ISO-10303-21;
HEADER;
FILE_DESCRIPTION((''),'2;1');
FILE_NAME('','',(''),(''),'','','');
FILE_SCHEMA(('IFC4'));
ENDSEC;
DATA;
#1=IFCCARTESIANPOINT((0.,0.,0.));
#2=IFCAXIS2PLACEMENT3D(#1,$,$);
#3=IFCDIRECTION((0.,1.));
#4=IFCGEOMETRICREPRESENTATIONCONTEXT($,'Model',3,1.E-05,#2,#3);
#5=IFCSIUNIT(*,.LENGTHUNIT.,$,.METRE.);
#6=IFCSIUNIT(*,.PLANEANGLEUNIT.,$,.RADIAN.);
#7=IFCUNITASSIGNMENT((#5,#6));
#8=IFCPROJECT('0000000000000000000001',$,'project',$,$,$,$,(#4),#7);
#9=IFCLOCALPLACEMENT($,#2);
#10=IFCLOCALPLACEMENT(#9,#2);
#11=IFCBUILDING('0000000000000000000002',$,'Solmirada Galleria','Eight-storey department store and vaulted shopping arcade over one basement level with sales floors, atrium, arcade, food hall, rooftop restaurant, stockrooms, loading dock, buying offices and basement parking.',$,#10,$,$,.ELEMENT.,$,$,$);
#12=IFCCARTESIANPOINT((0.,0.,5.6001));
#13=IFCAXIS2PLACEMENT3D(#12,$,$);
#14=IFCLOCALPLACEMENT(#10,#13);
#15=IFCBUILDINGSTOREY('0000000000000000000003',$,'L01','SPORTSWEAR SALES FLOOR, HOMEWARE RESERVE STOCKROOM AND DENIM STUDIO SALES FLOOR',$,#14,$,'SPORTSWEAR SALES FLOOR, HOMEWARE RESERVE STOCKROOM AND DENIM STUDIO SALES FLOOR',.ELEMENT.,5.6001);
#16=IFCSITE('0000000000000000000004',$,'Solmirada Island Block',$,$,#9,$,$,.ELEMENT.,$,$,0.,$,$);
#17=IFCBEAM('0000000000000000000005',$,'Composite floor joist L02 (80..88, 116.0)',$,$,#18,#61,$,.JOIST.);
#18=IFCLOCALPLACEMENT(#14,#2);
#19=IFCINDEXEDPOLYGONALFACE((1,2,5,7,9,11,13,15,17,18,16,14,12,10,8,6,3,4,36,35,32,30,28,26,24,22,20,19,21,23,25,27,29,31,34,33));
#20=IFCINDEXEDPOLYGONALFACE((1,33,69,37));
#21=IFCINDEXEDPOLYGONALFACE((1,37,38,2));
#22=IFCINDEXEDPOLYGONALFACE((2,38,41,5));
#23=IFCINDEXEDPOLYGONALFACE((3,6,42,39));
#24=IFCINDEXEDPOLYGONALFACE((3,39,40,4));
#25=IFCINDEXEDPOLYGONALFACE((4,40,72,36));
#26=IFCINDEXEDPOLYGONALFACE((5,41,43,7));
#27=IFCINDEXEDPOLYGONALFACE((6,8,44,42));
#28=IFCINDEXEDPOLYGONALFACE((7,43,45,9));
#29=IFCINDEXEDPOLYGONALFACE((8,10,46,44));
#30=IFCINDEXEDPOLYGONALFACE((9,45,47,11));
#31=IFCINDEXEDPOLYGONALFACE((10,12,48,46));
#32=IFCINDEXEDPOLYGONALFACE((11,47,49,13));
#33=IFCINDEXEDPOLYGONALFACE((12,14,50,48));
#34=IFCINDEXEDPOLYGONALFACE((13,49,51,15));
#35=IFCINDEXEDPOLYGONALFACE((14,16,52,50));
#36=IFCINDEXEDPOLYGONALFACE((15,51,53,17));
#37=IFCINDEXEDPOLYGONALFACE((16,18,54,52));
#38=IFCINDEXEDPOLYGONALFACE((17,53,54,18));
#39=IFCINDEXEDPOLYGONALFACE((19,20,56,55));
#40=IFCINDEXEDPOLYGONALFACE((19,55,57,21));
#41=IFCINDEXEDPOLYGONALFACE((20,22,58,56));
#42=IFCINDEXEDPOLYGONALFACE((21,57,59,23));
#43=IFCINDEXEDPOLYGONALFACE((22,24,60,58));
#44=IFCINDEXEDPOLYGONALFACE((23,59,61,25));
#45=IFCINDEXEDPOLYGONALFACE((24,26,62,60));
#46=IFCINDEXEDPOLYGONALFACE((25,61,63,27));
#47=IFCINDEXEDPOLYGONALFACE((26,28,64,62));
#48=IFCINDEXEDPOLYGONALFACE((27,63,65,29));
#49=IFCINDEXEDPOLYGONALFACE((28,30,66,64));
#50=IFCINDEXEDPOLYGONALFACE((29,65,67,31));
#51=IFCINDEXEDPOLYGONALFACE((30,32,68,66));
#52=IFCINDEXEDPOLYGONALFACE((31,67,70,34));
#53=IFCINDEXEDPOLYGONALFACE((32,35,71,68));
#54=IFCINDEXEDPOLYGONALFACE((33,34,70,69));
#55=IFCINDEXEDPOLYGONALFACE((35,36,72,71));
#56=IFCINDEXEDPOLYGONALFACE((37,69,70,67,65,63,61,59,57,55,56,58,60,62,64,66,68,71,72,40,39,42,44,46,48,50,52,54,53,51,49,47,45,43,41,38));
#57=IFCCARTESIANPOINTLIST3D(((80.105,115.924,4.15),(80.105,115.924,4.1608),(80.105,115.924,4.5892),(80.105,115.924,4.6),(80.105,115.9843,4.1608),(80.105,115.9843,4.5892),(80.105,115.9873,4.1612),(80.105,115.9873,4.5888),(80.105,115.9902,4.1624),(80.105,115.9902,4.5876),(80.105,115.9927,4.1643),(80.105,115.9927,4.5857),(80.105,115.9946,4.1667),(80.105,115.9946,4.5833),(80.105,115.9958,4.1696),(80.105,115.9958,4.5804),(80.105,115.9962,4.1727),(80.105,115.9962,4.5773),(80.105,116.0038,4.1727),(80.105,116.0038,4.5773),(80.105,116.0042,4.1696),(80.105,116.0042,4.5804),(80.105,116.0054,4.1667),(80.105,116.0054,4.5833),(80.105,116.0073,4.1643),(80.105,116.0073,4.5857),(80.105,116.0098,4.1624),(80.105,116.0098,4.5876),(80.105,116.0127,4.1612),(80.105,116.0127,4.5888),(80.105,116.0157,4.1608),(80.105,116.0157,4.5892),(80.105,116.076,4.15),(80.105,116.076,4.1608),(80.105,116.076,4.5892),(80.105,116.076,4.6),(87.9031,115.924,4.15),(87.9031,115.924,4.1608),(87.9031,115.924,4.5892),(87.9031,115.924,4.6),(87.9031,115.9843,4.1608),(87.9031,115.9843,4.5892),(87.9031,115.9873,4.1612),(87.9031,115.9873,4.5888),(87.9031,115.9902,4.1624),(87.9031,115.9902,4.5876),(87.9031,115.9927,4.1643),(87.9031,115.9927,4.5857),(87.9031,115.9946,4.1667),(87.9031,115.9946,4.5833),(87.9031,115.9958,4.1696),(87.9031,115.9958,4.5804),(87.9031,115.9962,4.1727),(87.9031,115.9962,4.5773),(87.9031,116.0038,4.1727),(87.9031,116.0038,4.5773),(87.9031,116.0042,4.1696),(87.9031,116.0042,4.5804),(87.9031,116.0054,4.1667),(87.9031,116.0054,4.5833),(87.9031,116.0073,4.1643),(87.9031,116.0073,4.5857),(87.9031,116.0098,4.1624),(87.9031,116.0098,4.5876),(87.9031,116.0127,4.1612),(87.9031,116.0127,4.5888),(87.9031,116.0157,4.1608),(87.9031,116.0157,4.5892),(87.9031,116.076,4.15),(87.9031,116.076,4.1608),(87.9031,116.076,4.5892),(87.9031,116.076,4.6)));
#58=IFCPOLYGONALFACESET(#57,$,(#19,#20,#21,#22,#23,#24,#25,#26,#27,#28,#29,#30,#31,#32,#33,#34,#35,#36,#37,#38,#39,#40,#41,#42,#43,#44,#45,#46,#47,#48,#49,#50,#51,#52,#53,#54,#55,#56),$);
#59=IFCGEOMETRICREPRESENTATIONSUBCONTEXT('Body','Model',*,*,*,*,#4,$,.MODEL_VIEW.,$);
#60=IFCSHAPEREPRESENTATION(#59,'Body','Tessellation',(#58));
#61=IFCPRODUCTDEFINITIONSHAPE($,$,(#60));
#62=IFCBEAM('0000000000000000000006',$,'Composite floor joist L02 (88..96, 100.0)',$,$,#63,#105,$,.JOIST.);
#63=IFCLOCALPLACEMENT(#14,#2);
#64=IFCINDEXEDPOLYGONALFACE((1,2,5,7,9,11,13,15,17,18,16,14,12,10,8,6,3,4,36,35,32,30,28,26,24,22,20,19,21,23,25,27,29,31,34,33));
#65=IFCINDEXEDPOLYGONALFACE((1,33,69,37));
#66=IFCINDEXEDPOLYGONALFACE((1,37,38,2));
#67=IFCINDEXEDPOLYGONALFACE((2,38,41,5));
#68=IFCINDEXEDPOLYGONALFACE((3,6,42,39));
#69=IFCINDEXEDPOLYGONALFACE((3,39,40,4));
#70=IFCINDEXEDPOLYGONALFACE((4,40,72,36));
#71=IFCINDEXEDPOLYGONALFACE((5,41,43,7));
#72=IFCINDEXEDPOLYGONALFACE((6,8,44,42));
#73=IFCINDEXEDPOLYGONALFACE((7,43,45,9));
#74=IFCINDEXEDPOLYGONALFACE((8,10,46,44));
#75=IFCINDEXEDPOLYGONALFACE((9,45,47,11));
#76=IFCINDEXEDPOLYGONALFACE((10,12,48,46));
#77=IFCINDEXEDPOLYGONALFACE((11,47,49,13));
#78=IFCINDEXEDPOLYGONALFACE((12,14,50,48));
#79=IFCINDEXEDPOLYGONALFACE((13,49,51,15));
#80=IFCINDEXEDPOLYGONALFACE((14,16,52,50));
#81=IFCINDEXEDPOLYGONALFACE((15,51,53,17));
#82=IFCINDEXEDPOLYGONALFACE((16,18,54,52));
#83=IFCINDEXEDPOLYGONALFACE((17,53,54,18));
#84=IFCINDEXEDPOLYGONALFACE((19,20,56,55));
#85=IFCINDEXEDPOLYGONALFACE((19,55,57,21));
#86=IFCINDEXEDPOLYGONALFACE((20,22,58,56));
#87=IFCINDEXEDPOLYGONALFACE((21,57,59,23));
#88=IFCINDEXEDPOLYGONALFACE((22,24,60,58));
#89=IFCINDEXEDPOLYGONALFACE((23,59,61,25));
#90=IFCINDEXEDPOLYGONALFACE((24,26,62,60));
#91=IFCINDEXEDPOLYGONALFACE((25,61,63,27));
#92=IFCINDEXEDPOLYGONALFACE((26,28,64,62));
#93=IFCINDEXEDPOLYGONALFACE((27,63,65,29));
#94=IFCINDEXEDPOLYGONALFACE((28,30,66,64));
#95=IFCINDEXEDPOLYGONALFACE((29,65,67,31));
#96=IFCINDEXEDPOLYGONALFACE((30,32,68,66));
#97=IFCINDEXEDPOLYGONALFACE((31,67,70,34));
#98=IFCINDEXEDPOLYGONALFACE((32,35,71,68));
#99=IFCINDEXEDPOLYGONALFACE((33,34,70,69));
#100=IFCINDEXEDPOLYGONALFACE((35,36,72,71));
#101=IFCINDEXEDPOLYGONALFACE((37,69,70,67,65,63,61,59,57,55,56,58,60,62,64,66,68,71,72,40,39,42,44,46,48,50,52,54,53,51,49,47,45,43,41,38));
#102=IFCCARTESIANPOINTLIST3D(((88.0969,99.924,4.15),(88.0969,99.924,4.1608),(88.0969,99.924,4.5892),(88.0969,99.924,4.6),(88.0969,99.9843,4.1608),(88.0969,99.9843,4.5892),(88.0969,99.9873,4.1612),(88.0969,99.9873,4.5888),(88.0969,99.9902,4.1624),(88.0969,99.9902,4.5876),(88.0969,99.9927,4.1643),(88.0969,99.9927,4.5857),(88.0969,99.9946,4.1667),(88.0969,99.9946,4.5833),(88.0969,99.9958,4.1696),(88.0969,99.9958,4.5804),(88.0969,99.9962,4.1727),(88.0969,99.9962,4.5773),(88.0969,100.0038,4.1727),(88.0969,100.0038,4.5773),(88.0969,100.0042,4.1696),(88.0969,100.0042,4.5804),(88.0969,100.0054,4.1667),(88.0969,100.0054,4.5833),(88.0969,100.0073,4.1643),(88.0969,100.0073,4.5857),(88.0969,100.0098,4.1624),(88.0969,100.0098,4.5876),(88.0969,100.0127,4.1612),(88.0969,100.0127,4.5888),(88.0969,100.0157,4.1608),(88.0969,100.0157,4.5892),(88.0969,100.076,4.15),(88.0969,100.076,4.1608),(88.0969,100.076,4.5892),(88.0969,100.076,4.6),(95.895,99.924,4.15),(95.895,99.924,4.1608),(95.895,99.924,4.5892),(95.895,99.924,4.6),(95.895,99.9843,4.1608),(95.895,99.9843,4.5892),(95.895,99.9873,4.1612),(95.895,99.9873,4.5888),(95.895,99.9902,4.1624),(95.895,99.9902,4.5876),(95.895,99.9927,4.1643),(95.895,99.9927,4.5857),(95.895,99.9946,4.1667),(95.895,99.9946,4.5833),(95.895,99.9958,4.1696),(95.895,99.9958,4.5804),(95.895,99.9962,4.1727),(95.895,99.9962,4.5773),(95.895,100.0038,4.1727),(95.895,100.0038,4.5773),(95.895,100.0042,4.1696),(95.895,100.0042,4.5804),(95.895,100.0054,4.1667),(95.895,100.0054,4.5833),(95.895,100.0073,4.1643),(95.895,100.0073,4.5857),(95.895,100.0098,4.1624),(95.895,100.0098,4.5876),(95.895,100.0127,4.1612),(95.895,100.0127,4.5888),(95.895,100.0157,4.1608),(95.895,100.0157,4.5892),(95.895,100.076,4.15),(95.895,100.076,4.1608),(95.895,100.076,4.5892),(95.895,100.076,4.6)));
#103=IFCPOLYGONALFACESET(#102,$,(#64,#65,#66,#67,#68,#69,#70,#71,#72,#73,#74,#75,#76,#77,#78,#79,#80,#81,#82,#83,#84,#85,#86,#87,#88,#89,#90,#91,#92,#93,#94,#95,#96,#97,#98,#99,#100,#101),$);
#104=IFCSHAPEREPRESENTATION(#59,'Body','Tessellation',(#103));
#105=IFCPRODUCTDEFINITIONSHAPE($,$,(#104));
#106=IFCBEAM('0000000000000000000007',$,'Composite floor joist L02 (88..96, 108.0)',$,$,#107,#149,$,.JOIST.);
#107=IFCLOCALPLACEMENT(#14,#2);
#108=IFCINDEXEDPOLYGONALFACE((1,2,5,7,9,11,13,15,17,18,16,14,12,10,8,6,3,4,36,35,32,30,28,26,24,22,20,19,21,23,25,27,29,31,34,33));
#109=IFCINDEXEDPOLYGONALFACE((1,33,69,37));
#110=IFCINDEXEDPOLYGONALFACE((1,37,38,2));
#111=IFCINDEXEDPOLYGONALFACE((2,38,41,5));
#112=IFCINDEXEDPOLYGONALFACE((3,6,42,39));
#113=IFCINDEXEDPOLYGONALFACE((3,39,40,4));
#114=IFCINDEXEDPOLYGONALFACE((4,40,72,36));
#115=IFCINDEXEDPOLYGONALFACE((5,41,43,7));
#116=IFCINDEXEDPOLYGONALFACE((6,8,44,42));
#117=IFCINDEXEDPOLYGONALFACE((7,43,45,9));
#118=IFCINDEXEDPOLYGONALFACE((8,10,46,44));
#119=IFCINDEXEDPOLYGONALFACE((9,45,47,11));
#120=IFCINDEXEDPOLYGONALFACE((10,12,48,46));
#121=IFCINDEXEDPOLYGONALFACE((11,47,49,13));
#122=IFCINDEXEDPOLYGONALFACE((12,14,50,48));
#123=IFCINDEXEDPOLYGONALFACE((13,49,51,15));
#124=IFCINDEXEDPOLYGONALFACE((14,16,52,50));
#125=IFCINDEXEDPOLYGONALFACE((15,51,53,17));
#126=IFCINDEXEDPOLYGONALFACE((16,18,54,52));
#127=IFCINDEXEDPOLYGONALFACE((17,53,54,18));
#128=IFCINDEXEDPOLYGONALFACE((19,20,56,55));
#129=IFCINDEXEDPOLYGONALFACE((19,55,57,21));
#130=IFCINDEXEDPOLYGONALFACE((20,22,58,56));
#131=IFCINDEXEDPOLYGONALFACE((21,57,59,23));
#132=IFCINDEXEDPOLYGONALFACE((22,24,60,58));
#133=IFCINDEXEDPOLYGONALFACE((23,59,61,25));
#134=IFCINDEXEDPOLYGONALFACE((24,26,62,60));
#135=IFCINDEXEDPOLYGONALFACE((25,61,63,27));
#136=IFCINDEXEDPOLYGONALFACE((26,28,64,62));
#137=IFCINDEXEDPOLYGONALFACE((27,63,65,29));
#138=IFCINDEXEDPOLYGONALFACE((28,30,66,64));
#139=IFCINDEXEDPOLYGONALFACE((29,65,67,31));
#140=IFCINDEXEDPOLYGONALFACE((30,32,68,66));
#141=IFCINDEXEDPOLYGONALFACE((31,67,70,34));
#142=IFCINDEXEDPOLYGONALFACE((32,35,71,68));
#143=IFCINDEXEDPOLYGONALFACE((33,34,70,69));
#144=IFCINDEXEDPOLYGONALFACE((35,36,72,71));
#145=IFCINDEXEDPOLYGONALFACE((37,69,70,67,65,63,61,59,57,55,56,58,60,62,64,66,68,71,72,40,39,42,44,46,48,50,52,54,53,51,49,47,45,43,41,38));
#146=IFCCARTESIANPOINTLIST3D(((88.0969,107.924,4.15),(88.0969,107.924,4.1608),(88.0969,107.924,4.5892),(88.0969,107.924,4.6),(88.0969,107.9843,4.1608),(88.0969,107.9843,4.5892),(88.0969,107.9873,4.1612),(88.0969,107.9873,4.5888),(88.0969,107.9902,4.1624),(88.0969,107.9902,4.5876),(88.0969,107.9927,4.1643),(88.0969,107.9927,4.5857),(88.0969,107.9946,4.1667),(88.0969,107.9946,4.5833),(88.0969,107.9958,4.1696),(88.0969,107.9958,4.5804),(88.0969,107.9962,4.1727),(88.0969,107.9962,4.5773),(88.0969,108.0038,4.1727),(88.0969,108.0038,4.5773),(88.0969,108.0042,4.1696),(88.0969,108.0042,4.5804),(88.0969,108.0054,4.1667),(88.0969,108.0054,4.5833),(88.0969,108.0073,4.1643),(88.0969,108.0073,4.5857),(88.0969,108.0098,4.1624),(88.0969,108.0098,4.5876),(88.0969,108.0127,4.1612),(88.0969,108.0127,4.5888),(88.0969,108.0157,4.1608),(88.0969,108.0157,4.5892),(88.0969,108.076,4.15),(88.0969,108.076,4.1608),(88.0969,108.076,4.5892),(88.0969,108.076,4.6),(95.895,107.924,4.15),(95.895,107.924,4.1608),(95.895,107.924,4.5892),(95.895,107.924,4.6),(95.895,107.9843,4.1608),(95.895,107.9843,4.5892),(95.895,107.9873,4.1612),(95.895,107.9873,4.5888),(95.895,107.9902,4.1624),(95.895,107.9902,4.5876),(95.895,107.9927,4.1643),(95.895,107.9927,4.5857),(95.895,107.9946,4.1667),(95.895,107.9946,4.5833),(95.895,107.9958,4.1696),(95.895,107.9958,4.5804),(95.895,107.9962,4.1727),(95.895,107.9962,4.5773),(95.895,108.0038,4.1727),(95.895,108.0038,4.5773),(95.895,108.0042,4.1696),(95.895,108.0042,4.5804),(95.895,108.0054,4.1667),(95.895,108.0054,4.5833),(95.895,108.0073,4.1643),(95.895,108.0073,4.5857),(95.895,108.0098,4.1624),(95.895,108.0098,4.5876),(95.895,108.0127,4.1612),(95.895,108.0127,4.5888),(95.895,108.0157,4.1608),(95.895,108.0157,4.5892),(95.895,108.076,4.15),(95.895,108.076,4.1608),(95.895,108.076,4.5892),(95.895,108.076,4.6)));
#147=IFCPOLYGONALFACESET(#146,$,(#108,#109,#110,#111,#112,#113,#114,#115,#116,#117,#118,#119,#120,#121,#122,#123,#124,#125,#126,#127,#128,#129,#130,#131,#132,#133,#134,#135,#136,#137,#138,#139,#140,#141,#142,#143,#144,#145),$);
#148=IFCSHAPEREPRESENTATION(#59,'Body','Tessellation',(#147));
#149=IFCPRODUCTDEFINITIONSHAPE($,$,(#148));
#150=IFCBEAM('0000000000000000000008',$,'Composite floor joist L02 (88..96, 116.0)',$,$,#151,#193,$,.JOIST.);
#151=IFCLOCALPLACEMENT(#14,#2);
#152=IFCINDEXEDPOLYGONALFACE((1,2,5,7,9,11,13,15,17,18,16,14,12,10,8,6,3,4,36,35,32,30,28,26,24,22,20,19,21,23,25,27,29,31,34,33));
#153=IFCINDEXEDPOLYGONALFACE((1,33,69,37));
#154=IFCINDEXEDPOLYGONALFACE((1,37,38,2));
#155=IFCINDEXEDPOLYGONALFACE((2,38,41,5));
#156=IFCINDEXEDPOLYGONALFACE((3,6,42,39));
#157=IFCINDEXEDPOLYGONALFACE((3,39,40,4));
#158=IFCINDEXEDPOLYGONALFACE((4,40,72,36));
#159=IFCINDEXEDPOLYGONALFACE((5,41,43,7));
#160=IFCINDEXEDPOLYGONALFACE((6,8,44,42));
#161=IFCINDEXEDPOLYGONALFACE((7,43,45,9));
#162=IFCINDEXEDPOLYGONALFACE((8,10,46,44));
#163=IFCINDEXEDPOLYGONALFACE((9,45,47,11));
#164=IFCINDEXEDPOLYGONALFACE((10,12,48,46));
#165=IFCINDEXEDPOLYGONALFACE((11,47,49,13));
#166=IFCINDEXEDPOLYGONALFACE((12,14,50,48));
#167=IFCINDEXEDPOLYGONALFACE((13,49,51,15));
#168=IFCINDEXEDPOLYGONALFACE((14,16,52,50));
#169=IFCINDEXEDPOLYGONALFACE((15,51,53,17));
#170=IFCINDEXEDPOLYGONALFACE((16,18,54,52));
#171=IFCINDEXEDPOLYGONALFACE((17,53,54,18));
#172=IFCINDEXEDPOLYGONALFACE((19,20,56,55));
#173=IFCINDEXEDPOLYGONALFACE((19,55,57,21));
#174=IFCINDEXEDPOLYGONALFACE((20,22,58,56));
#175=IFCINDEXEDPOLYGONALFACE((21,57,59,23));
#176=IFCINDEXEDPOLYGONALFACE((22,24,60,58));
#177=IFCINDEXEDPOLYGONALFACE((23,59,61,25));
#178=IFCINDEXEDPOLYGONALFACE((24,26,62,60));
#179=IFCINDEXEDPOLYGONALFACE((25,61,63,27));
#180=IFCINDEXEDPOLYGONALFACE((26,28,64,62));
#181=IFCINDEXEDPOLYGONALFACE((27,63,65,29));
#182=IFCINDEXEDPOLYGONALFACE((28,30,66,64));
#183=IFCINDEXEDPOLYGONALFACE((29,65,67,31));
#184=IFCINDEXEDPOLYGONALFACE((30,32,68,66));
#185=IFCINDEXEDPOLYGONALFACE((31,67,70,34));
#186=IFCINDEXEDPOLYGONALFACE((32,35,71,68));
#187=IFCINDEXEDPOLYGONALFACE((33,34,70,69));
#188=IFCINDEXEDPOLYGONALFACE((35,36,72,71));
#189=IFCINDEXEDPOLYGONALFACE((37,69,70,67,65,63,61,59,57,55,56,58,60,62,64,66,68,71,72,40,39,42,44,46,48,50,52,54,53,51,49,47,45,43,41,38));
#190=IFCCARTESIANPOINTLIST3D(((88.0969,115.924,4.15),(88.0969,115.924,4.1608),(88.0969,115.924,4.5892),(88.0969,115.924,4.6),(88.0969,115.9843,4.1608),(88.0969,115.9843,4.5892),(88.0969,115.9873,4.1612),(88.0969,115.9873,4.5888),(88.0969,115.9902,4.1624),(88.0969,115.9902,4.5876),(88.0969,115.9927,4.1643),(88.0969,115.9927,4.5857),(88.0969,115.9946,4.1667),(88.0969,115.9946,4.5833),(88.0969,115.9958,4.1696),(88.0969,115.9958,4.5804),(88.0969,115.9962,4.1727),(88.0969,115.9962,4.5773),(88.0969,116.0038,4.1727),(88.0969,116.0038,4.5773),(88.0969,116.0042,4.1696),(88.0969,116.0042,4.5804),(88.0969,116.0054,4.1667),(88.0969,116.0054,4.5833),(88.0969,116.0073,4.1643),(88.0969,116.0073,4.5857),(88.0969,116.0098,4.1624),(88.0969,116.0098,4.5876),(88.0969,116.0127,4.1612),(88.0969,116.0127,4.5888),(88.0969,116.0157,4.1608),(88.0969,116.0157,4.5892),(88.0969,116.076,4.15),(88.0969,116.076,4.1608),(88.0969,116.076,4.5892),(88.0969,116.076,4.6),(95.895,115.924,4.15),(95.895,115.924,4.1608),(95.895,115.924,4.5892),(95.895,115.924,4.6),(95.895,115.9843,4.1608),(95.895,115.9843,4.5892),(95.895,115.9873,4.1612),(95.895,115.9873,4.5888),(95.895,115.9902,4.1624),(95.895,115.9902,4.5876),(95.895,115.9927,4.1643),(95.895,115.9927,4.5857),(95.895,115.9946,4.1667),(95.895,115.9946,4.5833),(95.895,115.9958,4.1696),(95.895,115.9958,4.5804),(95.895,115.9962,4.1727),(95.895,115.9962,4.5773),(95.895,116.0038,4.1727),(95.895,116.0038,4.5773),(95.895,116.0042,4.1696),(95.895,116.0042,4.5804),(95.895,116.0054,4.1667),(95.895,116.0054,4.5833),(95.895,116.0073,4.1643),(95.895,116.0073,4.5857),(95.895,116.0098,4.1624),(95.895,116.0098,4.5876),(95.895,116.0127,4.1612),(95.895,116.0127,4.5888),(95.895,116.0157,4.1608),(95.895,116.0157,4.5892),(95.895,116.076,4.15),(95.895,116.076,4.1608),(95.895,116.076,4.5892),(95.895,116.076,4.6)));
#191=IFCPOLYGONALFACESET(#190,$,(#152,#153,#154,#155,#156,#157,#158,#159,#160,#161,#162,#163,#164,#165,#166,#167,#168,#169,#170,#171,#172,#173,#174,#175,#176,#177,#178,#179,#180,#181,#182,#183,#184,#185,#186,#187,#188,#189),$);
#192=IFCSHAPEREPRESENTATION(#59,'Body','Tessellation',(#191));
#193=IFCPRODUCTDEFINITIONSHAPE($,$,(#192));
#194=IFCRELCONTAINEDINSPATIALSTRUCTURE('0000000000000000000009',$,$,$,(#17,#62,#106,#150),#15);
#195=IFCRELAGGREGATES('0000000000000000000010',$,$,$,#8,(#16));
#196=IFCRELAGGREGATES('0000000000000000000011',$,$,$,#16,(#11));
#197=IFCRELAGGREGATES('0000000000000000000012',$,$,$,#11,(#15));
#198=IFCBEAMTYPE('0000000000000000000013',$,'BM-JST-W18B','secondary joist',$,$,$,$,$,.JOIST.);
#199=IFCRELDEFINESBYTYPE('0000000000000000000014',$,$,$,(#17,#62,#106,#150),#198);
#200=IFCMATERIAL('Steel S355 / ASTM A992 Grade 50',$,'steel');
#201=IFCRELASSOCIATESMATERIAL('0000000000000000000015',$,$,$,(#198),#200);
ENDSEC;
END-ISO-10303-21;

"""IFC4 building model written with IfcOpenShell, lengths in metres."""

from ifc_helpers import new_model, si_unit, direction, frame, origin, origin_2d, place, context, subcontext, project, spatial, i_section, extrude, material, material_profile, profile_set, type_object, element, save


model = new_model("IFC4")

# Units and contexts
model_context = context("Model", 3, precision=1e-05, world=origin(), true_north=direction((0.0, 1.0)))
body_context = subcontext(model_context, "Body", "Model", "MODEL_VIEW")
ifc_project = project(units=[si_unit("LENGTHUNIT", "METRE"), si_unit("PLANEANGLEUNIT", "RADIAN")], contexts=[model_context])

# Site, building, storey
site_placement = place(None, origin())
site = spatial("IfcSite", under=ifc_project, at=site_placement, Name="Solmirada Island Block", CompositionType="ELEMENT", RefElevation=0.0)
building_placement = place(site_placement, origin())
building = spatial("IfcBuilding", under=site, at=building_placement, Name="Solmirada Galleria", Description="Eight-storey department store and vaulted shopping arcade over one basement level with sales floors, atrium, arcade, food hall, rooftop restaurant, stockrooms, loading dock, buying offices and basement parking.", CompositionType="ELEMENT")
storey_placement = place(building_placement, frame((0.0, 0.0, 5.6001)))
storey = spatial("IfcBuildingStorey", under=building, at=storey_placement, Name="L01", Description="SPORTSWEAR SALES FLOOR, HOMEWARE RESERVE STOCKROOM AND DENIM STUDIO SALES FLOOR", LongName="SPORTSWEAR SALES FLOOR, HOMEWARE RESERVE STOCKROOM AND DENIM STUDIO SALES FLOOR", CompositionType="ELEMENT", Elevation=5.6001)

# Beams
ifc_material_1 = material(Name="Steel S355 / ASTM A992 Grade 50", Category="steel")
ifc_material_profile_1 = material_profile(ifc_material_1, i_section(OverallWidth=0.1521, OverallDepth=0.45, WebThickness=0.0076, FlangeThickness=0.0107, FilletRadius=0.012, at=origin_2d()), Name="W18X35")
ifc_profile_set_1 = profile_set([ifc_material_profile_1], Name="Steel S355 / ASTM A992 Grade 50")
beam_type_1 = type_object("IfcBeamType", Name="BM-JST-W18B", Description="secondary joist", PredefinedType="JOIST", material=ifc_profile_set_1)
for number, where, z_axis, x_axis, name in (
    (1, (80.105, 116.0, 4.375), (1.0, 0.0, 0.0), (0.0, 1.0, 0.0), "Composite floor joist L02 (80..88, 116.0)"),
    (2, (88.0969, 100.0, 4.375), (1.0, 0.0, 0.0), (0.0, 1.0, 0.0), "Composite floor joist L02 (88..96, 100.0)"),
    (3, (88.0969, 108.0, 4.375), (1.0, 0.0, 0.0), (0.0, 1.0, 0.0), "Composite floor joist L02 (88..96, 108.0)"),
    (4, (88.0969, 116.0, 4.375), (1.0, 0.0, 0.0), (0.0, 1.0, 0.0), "Composite floor joist L02 (88..96, 116.0)"),
):
    element("IfcBeam", number, at=place(storey_placement, frame(where, z_axis=z_axis, x_axis=x_axis)), inside=storey, type_object=beam_type_1, Name=name, PredefinedType="JOIST", context=body_context, shape_type="SweptSolid", body=[
        extrude(i_section(OverallWidth=0.1521, OverallDepth=0.45, WebThickness=0.0076, FlangeThickness=0.0107, FilletRadius=0.012, at=origin_2d()), origin(), (0.0, 0.0, 1.0), 7.7981),
    ])

save(model, "model.ifc")
